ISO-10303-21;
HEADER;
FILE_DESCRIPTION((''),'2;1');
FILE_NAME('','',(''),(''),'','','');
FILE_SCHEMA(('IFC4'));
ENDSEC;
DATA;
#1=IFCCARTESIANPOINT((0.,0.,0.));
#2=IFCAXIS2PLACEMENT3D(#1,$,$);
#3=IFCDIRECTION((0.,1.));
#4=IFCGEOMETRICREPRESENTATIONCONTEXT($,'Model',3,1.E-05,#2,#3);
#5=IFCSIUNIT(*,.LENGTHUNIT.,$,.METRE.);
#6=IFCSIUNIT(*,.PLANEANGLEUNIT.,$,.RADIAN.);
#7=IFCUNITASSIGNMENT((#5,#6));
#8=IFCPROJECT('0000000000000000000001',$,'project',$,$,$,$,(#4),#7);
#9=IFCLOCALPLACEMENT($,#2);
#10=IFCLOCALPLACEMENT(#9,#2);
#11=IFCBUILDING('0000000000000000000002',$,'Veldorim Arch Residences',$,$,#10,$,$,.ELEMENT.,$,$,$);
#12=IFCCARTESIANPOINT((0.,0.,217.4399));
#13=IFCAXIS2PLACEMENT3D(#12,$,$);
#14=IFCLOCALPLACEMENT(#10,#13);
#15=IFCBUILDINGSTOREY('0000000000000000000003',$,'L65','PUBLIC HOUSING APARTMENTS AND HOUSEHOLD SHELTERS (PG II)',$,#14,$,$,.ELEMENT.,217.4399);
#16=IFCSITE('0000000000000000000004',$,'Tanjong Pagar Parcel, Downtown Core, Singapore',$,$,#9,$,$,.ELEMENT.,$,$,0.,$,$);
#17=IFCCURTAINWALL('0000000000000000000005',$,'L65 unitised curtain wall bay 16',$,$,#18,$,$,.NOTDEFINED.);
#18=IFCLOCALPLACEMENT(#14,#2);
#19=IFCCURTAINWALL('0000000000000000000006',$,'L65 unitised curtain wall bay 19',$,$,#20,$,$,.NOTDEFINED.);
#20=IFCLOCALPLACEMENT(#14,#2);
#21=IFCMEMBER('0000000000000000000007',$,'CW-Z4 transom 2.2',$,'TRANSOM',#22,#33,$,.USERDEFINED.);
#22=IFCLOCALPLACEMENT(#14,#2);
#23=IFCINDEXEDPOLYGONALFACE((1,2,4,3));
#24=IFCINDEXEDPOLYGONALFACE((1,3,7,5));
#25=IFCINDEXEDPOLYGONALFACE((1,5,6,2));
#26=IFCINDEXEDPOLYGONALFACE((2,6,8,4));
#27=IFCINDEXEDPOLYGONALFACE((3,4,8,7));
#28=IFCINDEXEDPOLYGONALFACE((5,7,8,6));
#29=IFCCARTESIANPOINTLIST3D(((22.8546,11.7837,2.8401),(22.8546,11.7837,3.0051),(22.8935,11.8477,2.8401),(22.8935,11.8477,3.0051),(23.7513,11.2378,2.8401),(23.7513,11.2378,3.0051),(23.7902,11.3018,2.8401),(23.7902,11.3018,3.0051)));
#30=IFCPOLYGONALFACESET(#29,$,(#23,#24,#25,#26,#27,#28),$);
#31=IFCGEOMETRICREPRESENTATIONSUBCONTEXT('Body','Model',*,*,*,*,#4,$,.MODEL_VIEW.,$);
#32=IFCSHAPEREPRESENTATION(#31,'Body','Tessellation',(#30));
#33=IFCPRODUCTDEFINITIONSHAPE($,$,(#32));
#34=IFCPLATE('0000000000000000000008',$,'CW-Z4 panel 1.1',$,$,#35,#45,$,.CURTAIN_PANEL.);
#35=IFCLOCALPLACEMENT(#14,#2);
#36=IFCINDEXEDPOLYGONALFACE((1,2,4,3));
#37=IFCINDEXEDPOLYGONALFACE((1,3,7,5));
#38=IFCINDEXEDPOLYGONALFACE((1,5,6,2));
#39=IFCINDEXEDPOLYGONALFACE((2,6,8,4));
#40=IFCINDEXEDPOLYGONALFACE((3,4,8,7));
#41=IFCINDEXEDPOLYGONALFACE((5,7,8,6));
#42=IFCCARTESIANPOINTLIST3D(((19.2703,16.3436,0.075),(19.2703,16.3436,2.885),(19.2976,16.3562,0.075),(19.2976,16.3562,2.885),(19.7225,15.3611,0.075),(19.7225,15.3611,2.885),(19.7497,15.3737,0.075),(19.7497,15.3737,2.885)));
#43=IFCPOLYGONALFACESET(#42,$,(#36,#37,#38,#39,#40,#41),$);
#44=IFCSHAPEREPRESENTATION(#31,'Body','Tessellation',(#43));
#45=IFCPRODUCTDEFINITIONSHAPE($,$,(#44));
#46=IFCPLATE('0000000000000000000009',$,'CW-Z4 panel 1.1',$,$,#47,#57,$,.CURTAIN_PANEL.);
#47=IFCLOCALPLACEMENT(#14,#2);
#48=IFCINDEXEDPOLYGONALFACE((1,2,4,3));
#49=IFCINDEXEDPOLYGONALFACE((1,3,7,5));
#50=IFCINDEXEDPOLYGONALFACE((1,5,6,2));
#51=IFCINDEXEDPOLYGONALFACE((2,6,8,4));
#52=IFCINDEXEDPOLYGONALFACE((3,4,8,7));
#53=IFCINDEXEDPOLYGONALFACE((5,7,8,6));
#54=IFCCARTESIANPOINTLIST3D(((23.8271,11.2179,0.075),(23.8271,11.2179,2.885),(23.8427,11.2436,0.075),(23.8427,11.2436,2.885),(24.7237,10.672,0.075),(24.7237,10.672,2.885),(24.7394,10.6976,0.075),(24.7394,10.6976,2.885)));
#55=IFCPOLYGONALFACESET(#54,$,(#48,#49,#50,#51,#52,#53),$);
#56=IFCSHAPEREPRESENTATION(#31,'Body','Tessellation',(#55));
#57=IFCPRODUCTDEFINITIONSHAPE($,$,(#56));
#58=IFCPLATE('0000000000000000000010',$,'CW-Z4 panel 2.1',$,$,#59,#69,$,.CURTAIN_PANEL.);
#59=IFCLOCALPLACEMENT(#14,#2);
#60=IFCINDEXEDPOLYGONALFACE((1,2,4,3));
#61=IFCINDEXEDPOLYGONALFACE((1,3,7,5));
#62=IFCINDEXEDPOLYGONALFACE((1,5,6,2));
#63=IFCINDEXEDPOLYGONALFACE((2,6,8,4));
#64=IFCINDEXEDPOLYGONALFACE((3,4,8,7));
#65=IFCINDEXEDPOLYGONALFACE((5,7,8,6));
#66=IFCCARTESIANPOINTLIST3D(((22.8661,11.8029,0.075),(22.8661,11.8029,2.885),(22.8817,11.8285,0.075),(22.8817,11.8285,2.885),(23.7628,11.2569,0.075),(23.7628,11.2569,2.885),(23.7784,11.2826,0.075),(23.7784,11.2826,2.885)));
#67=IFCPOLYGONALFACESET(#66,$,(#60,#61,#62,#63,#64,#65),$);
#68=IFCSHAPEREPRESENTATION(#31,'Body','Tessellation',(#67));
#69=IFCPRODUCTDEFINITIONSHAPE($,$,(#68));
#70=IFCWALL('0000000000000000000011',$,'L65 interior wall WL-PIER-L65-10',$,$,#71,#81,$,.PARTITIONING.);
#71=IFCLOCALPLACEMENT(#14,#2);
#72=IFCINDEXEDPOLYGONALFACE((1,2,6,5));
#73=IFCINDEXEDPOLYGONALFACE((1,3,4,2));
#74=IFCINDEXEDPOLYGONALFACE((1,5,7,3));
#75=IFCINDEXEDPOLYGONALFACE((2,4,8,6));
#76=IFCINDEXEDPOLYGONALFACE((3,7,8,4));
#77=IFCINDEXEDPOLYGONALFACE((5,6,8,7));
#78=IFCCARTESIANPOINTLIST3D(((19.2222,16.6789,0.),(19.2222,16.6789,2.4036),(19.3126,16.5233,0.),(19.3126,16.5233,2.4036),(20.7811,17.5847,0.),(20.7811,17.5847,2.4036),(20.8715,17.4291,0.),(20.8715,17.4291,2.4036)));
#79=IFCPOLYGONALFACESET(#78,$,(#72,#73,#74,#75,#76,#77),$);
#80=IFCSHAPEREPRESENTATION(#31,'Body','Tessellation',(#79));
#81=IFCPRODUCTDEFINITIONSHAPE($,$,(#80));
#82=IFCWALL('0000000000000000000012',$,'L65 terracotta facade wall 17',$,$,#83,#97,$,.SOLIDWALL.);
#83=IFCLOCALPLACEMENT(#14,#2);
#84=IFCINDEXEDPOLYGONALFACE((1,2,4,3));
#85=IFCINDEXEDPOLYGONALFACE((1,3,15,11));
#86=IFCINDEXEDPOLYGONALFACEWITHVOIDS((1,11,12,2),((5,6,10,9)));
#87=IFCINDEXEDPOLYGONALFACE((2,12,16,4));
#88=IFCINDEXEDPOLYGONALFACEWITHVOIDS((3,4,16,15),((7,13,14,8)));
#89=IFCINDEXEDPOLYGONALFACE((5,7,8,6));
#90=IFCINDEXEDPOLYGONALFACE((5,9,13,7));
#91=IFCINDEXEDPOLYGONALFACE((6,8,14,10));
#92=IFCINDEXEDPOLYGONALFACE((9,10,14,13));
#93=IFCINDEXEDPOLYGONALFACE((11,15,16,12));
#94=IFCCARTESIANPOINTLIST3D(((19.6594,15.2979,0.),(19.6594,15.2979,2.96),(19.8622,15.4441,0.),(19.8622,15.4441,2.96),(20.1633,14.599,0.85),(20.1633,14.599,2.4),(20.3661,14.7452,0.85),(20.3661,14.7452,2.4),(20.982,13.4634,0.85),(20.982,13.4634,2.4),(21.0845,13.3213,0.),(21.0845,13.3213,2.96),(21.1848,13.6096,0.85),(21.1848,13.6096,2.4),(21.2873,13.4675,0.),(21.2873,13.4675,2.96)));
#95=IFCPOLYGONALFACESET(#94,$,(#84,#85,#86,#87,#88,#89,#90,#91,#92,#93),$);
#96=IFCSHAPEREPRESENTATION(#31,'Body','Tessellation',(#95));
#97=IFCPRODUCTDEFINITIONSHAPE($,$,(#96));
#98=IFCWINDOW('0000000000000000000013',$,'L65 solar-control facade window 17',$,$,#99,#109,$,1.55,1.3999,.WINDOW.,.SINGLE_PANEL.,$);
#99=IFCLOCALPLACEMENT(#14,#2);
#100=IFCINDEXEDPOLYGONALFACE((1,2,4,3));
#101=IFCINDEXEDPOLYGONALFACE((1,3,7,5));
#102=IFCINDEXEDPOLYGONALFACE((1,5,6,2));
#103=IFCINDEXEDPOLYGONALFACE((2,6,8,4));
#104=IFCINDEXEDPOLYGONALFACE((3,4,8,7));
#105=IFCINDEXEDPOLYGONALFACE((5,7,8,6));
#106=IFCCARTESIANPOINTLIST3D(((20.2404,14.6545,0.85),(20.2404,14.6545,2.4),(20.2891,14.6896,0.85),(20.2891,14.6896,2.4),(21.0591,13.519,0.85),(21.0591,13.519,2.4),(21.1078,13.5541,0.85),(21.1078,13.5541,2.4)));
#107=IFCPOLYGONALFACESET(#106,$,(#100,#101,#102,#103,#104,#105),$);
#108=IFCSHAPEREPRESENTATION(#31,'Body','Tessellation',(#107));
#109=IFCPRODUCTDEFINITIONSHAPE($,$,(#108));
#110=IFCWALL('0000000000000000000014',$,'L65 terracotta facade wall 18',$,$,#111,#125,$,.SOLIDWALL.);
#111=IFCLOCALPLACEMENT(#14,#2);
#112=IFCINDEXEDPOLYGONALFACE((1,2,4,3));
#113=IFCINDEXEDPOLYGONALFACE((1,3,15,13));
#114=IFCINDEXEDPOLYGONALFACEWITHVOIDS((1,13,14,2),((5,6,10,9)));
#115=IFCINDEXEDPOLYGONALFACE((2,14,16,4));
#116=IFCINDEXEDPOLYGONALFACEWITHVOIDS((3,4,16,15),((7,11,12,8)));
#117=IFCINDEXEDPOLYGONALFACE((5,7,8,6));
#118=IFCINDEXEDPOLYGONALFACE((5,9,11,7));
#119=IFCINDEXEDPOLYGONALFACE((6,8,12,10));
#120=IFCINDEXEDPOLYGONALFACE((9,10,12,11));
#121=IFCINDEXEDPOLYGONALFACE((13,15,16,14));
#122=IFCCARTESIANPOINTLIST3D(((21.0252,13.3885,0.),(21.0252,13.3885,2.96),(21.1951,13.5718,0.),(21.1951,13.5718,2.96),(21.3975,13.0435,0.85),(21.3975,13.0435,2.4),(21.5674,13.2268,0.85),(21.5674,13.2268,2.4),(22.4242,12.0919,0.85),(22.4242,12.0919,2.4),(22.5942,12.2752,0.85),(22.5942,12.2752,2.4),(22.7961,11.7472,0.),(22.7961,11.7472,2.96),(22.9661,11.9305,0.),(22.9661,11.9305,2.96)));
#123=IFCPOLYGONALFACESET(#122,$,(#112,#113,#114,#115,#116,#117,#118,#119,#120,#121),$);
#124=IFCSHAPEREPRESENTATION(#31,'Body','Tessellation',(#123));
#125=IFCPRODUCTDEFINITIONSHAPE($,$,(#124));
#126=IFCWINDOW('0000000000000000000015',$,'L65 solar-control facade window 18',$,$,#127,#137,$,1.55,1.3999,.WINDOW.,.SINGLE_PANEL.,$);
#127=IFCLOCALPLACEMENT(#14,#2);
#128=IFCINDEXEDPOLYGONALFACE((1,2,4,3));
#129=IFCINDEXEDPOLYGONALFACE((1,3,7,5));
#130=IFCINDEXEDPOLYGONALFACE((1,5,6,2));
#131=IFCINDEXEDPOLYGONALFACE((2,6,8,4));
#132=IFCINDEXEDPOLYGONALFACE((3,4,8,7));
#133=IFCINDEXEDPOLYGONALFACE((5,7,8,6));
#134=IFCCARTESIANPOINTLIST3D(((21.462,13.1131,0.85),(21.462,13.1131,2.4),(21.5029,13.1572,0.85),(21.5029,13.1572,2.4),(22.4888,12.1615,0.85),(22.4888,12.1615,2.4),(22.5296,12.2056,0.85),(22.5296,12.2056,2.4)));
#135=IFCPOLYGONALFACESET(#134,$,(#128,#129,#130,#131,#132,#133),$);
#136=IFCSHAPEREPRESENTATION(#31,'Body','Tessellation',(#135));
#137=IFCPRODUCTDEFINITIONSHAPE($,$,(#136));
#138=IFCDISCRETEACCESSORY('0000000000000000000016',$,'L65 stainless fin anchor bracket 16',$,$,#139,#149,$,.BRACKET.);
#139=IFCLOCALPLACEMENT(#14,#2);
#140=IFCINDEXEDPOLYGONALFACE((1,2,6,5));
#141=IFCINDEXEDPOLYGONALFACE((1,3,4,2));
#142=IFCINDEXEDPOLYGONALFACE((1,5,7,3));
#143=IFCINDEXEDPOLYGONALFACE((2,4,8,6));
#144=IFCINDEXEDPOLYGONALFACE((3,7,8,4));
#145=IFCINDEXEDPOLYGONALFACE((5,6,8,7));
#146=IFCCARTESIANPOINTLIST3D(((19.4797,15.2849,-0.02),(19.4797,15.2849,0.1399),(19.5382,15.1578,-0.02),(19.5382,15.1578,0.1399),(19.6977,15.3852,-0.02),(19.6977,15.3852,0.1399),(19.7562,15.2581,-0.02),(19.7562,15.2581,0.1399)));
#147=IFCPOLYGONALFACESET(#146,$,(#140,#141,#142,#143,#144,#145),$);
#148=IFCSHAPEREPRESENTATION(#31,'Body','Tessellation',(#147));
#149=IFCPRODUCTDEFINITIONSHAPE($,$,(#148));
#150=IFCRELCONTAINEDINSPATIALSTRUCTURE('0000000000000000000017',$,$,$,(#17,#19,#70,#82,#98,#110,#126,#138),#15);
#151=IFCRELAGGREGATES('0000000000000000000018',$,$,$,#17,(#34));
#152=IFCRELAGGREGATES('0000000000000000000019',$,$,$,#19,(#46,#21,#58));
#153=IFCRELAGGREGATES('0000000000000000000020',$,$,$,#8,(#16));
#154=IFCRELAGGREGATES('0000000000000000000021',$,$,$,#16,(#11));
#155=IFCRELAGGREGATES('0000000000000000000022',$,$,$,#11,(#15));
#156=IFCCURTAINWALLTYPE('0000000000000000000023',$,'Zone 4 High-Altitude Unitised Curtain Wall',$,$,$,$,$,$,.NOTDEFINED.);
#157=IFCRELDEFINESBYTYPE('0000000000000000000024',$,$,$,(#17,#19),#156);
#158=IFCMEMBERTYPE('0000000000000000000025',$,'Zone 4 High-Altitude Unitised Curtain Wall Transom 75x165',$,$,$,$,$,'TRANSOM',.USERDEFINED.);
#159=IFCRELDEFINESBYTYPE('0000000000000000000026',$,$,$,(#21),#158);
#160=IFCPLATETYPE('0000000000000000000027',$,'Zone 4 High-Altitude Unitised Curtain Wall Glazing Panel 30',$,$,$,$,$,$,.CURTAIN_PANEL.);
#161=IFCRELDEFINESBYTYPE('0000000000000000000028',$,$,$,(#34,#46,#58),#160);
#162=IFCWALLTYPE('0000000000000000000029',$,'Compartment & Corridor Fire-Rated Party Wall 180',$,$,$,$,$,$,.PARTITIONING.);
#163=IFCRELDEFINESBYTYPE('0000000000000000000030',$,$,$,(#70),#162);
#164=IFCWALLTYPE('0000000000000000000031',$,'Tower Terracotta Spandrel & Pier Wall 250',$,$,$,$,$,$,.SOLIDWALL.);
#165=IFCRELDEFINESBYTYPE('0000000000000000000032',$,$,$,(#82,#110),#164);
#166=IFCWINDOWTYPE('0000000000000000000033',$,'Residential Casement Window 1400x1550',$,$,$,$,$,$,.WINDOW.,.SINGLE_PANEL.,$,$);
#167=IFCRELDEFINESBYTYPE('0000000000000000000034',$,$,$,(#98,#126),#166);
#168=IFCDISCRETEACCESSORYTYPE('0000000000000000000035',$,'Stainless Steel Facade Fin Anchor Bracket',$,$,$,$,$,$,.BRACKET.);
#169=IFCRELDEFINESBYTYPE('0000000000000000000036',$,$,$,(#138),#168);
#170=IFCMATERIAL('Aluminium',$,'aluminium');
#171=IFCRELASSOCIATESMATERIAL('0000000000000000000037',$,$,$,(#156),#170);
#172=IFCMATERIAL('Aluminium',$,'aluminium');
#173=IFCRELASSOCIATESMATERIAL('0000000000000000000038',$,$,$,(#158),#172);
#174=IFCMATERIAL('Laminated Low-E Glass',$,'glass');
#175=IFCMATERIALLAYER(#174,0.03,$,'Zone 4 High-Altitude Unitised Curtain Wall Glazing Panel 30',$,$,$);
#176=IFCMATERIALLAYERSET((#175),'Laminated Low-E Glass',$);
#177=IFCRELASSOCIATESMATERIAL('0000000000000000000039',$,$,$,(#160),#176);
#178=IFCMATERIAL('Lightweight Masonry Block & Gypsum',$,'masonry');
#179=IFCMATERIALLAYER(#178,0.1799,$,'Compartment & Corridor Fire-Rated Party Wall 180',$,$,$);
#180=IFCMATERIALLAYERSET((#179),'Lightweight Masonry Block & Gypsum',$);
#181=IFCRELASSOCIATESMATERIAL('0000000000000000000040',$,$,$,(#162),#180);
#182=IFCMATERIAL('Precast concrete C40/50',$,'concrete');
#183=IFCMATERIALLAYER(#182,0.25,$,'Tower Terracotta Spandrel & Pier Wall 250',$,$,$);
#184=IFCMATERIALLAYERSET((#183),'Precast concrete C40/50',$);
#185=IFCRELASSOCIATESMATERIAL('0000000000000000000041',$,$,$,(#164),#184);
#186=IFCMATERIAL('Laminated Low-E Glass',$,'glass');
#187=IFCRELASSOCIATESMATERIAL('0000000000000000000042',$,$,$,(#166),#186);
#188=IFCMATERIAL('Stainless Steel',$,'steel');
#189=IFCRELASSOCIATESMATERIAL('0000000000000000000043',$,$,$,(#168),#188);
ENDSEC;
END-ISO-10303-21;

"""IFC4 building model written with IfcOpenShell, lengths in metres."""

from ifc_helpers import new_model, si_unit, direction, frame, frame_2d, origin, origin_2d, place, context, subcontext, project, spatial, rectangle, extrude, material, layer, layer_set, material_profile, profile_set, type_object, element, fill, aggregate, save


model = new_model("IFC4")

# Units and contexts
model_context = context("Model", 3, precision=1e-05, world=origin(), true_north=direction((0.0, 1.0)))
body_context = subcontext(model_context, "Body", "Model", "MODEL_VIEW")
ifc_project = project(units=[si_unit("LENGTHUNIT", "METRE"), si_unit("PLANEANGLEUNIT", "RADIAN")], contexts=[model_context])

# Site, building, storey
site_placement = place(None, origin())
site = spatial("IfcSite", under=ifc_project, at=site_placement, Name="Tanjong Pagar Parcel, Downtown Core, Singapore", CompositionType="ELEMENT", RefElevation=0.0)
building_placement = place(site_placement, origin())
building = spatial("IfcBuilding", under=site, at=building_placement, Name="Veldorim Arch Residences", CompositionType="ELEMENT")
storey_placement = place(building_placement, frame((0.0, 0.0, 217.4399)))
storey = spatial("IfcBuildingStorey", under=building, at=storey_placement, Name="L65", Description="PUBLIC HOUSING APARTMENTS AND HOUSEHOLD SHELTERS (PG II)", CompositionType="ELEMENT", Elevation=217.4399)

# Curtain wall
ifc_material_1 = material(Name="Aluminium", Category="aluminium")
curtain_wall_type = type_object("IfcCurtainWallType", Name="Zone 4 High-Altitude Unitised Curtain Wall", PredefinedType="NOTDEFINED", material=ifc_material_1)
curtain_wall_1_placement = place(storey_placement, origin())
curtain_wall_1 = element("IfcCurtainWall", 1, at=curtain_wall_1_placement, inside=storey, type_object=curtain_wall_type, Name="L65 unitised curtain wall bay 16", PredefinedType="NOTDEFINED")

# Curtain wall
curtain_wall_2_placement = place(storey_placement, origin())
curtain_wall_2 = element("IfcCurtainWall", 2, at=curtain_wall_2_placement, inside=storey, type_object=curtain_wall_type, Name="L65 unitised curtain wall bay 19", PredefinedType="NOTDEFINED")

# Member
ifc_material_2 = material(Name="Aluminium", Category="aluminium")
ifc_material_profile_1 = material_profile(ifc_material_2, rectangle(XDim=0.075, YDim=0.165, at=origin_2d()), Name="ALU_TRN_75x165")
ifc_profile_set_1 = profile_set([ifc_material_profile_1], Name="Aluminium")
member_type_1 = type_object("IfcMemberType", Name="Zone 4 High-Altitude Unitised Curtain Wall Transom 75x165", ElementType="TRANSOM", PredefinedType="USERDEFINED", material=ifc_profile_set_1)
member_1_placement = place(storey_placement, frame((23.7708, 11.2698, 2.9226), z_axis=(-0.854172, 0.519991, 0.0), x_axis=(-0.519991, -0.854172, 0.0)))
member_1 = element("IfcMember", 3, at=member_1_placement, type_object=member_type_1, Name="CW-Z4 transom 2.2", ObjectType="TRANSOM", PredefinedType="USERDEFINED", context=body_context, shape_type="SweptSolid", body=[
    extrude(rectangle(XDim=0.075, YDim=0.165, at=origin_2d()), origin(), (0.0, 0.0, 1.0), 1.0498),
])

# Plates
ifc_material_3 = material(Name="Laminated Low-E Glass", Category="glass")
ifc_layer_1 = layer(ifc_material_3, 0.03, Name="Zone 4 High-Altitude Unitised Curtain Wall Glazing Panel 30")
ifc_layer_set_1 = layer_set([ifc_layer_1], Name="Laminated Low-E Glass")
plate_type = type_object("IfcPlateType", Name="Zone 4 High-Altitude Unitised Curtain Wall Glazing Panel 30", PredefinedType="CURTAIN_PANEL", material=ifc_layer_set_1)
plate_1_placement = place(storey_placement, frame((19.51, 15.8586, 0.075), z_axis=(0.0, 0.0, 1.0), x_axis=(-0.418102, 0.9084, 0.0)))
plate_1 = element("IfcPlate", 4, at=plate_1_placement, type_object=plate_type, Name="CW-Z4 panel 1.1", PredefinedType="CURTAIN_PANEL", context=body_context, shape_type="SweptSolid", body=[
    extrude(rectangle(XDim=1.0815, YDim=0.03, at=origin_2d()), origin(), (0.0, 0.0, 1.0), 2.8101),
])
aggregate(curtain_wall_1, [plate_1])
plate_2_placement = place(storey_placement, frame((24.2832, 10.9578, 0.075), z_axis=(0.0, 0.0, 1.0), x_axis=(-0.854146, 0.520033, 0.0)))
plate_2 = element("IfcPlate", 5, at=plate_2_placement, type_object=plate_type, Name="CW-Z4 panel 1.1", PredefinedType="CURTAIN_PANEL", context=body_context, shape_type="SweptSolid", body=[
    extrude(rectangle(XDim=1.0498, YDim=0.03, at=origin_2d()), origin(), (0.0, 0.0, 1.0), 2.8101),
])
plate_3_placement = place(storey_placement, frame((23.3223, 11.5427, 0.075), z_axis=(0.0, 0.0, 1.0), x_axis=(-0.854146, 0.520033, 0.0)))
plate_3 = element("IfcPlate", 6, at=plate_3_placement, type_object=plate_type, Name="CW-Z4 panel 2.1", PredefinedType="CURTAIN_PANEL", context=body_context, shape_type="SweptSolid", body=[
    extrude(rectangle(XDim=1.0498, YDim=0.03, at=origin_2d()), origin(), (0.0, 0.0, 1.0), 2.8101),
])
aggregate(curtain_wall_2, [plate_2, member_1, plate_3])

# Wall
ifc_material_4 = material(Name="Lightweight Masonry Block & Gypsum", Category="masonry")
ifc_layer_2 = layer(ifc_material_4, 0.1799, Name="Compartment & Corridor Fire-Rated Party Wall 180")
ifc_layer_set_2 = layer_set([ifc_layer_2], Name="Lightweight Masonry Block & Gypsum")
wall_type_1 = type_object("IfcWallType", Name="Compartment & Corridor Fire-Rated Party Wall 180", PredefinedType="PARTITIONING", material=ifc_layer_set_2)
wall_1_placement = place(storey_placement, frame((20.8262, 17.5068, 0.0), z_axis=(0.0, 0.0, 1.0), x_axis=(-0.864637, -0.502397, 0.0)))
element("IfcWall", 7, at=wall_1_placement, inside=storey, type_object=wall_type_1, Name="L65 interior wall WL-PIER-L65-10", PredefinedType="PARTITIONING", context=body_context, shape_type="SweptSolid", body=[
    extrude(rectangle(XDim=1.803, YDim=0.1799, at=frame_2d((0.9014, 0.0))), origin(), (0.0, 0.0, 1.0), 2.4036),
])

# Walls, openings, windows
ifc_material_5 = material(Name="Precast concrete C40/50", Category="concrete")
ifc_layer_3 = layer(ifc_material_5, 0.25, Name="Tower Terracotta Spandrel & Pier Wall 250")
ifc_layer_set_3 = layer_set([ifc_layer_3], Name="Precast concrete C40/50")
wall_type_2 = type_object("IfcWallType", Name="Tower Terracotta Spandrel & Pier Wall 250", PredefinedType="SOLIDWALL", material=ifc_layer_set_3)
wall_2_placement = place(storey_placement, frame((21.1858, 13.3945, 0.0), z_axis=(0.0, 0.0, 1.0), x_axis=(-0.584825, 0.81116, 0.0)))
wall_2 = element("IfcWall", 8, at=wall_2_placement, inside=storey, type_object=wall_type_2, Name="L65 terracotta facade wall 17", PredefinedType="SOLIDWALL", context=body_context, shape_type="SweptSolid", body=[
    extrude(rectangle(XDim=2.4368, YDim=0.25, at=frame_2d((1.2183, 0.0))), origin(), (0.0, 0.0, 1.0), 2.96),
])
opening_1_placement = place(wall_2_placement, frame((0.175, 0.0, 0.8501)))
opening_1 = element("IfcOpeningElement", 9, at=opening_1_placement, cuts=wall_2, PredefinedType="OPENING", context=body_context, shape_type="SweptSolid", body=[
    extrude(rectangle(XDim=1.3999, YDim=1.55, at=frame_2d((0.7, 0.7749))), frame((0.0, 0.135, 0.0), z_axis=(0.0, -1.0, 0.0), x_axis=(1.0, 0.0, 0.0)), (0.0, 0.0, 1.0), 0.27),
])
ifc_material_6 = material(Name="Laminated Low-E Glass", Category="glass")
window_type = type_object("IfcWindowType", Name="Residential Casement Window 1400x1550", PartitioningType="SINGLE_PANEL", PredefinedType="WINDOW", material=ifc_material_6)
window_1_placement = place(opening_1_placement, origin())
window_1 = element("IfcWindow", 10, at=window_1_placement, inside=storey, type_object=window_type, Name="L65 solar-control facade window 17", OverallHeight=1.55, OverallWidth=1.3999, PartitioningType="SINGLE_PANEL", PredefinedType="WINDOW", context=body_context, shape_type="SweptSolid", body=[
    extrude(rectangle(XDim=1.3999, YDim=1.55, at=frame_2d((0.7, 0.7749))), frame((0.0, 0.03, 0.0), z_axis=(0.0, -1.0, 0.0), x_axis=(1.0, 0.0, 0.0)), (0.0, 0.0, 1.0), 0.0601),
])
fill(opening_1, window_1)
wall_3_placement = place(storey_placement, frame((22.8811, 11.8389, 0.0), z_axis=(0.0, 0.0, 1.0), x_axis=(-0.733441, 0.679753, 0.0)))
wall_3 = element("IfcWall", 11, at=wall_3_placement, inside=storey, type_object=wall_type_2, Name="L65 terracotta facade wall 18", PredefinedType="SOLIDWALL", context=body_context, shape_type="SweptSolid", body=[
    extrude(rectangle(XDim=2.4146, YDim=0.25, at=frame_2d((1.2073, 0.0))), origin(), (0.0, 0.0, 1.0), 2.96),
])
opening_2_placement = place(wall_3_placement, frame((0.5071, 0.0, 0.8501)))
opening_2 = element("IfcOpeningElement", 12, at=opening_2_placement, cuts=wall_3, PredefinedType="OPENING", context=body_context, shape_type="SweptSolid", body=[
    extrude(rectangle(XDim=1.3999, YDim=1.55, at=frame_2d((0.7, 0.7749))), frame((0.0, 0.135, 0.0), z_axis=(0.0, -1.0, 0.0), x_axis=(1.0, 0.0, 0.0)), (0.0, 0.0, 1.0), 0.27),
])
window_2_placement = place(opening_2_placement, origin())
window_2 = element("IfcWindow", 13, at=window_2_placement, inside=storey, type_object=window_type, Name="L65 solar-control facade window 18", OverallHeight=1.55, OverallWidth=1.3999, PartitioningType="SINGLE_PANEL", PredefinedType="WINDOW", context=body_context, shape_type="SweptSolid", body=[
    extrude(rectangle(XDim=1.3999, YDim=1.55, at=frame_2d((0.7, 0.7749))), frame((0.0, 0.03, 0.0), z_axis=(0.0, -1.0, 0.0), x_axis=(1.0, 0.0, 0.0)), (0.0, 0.0, 1.0), 0.0601),
])
fill(opening_2, window_2)

# Discrete accessory
ifc_material_7 = material(Name="Stainless Steel", Category="steel")
discrete_accessory_type = type_object("IfcDiscreteAccessoryType", Name="Stainless Steel Facade Fin Anchor Bracket", PredefinedType="BRACKET", material=ifc_material_7)
discrete_accessory_placement = place(storey_placement, frame((19.6179, 15.2715, -0.02), z_axis=(0.0, 0.0, 1.0), x_axis=(-0.418026, 0.908435, 0.0)))
element("IfcDiscreteAccessory", 14, at=discrete_accessory_placement, inside=storey, type_object=discrete_accessory_type, Name="L65 stainless fin anchor bracket 16", PredefinedType="BRACKET", context=body_context, shape_type="SweptSolid", body=[
    extrude(rectangle(XDim=0.1399, YDim=0.24, at=origin_2d()), origin(), (0.0, 0.0, 1.0), 0.1599),
])

save(model, "model.ifc")
